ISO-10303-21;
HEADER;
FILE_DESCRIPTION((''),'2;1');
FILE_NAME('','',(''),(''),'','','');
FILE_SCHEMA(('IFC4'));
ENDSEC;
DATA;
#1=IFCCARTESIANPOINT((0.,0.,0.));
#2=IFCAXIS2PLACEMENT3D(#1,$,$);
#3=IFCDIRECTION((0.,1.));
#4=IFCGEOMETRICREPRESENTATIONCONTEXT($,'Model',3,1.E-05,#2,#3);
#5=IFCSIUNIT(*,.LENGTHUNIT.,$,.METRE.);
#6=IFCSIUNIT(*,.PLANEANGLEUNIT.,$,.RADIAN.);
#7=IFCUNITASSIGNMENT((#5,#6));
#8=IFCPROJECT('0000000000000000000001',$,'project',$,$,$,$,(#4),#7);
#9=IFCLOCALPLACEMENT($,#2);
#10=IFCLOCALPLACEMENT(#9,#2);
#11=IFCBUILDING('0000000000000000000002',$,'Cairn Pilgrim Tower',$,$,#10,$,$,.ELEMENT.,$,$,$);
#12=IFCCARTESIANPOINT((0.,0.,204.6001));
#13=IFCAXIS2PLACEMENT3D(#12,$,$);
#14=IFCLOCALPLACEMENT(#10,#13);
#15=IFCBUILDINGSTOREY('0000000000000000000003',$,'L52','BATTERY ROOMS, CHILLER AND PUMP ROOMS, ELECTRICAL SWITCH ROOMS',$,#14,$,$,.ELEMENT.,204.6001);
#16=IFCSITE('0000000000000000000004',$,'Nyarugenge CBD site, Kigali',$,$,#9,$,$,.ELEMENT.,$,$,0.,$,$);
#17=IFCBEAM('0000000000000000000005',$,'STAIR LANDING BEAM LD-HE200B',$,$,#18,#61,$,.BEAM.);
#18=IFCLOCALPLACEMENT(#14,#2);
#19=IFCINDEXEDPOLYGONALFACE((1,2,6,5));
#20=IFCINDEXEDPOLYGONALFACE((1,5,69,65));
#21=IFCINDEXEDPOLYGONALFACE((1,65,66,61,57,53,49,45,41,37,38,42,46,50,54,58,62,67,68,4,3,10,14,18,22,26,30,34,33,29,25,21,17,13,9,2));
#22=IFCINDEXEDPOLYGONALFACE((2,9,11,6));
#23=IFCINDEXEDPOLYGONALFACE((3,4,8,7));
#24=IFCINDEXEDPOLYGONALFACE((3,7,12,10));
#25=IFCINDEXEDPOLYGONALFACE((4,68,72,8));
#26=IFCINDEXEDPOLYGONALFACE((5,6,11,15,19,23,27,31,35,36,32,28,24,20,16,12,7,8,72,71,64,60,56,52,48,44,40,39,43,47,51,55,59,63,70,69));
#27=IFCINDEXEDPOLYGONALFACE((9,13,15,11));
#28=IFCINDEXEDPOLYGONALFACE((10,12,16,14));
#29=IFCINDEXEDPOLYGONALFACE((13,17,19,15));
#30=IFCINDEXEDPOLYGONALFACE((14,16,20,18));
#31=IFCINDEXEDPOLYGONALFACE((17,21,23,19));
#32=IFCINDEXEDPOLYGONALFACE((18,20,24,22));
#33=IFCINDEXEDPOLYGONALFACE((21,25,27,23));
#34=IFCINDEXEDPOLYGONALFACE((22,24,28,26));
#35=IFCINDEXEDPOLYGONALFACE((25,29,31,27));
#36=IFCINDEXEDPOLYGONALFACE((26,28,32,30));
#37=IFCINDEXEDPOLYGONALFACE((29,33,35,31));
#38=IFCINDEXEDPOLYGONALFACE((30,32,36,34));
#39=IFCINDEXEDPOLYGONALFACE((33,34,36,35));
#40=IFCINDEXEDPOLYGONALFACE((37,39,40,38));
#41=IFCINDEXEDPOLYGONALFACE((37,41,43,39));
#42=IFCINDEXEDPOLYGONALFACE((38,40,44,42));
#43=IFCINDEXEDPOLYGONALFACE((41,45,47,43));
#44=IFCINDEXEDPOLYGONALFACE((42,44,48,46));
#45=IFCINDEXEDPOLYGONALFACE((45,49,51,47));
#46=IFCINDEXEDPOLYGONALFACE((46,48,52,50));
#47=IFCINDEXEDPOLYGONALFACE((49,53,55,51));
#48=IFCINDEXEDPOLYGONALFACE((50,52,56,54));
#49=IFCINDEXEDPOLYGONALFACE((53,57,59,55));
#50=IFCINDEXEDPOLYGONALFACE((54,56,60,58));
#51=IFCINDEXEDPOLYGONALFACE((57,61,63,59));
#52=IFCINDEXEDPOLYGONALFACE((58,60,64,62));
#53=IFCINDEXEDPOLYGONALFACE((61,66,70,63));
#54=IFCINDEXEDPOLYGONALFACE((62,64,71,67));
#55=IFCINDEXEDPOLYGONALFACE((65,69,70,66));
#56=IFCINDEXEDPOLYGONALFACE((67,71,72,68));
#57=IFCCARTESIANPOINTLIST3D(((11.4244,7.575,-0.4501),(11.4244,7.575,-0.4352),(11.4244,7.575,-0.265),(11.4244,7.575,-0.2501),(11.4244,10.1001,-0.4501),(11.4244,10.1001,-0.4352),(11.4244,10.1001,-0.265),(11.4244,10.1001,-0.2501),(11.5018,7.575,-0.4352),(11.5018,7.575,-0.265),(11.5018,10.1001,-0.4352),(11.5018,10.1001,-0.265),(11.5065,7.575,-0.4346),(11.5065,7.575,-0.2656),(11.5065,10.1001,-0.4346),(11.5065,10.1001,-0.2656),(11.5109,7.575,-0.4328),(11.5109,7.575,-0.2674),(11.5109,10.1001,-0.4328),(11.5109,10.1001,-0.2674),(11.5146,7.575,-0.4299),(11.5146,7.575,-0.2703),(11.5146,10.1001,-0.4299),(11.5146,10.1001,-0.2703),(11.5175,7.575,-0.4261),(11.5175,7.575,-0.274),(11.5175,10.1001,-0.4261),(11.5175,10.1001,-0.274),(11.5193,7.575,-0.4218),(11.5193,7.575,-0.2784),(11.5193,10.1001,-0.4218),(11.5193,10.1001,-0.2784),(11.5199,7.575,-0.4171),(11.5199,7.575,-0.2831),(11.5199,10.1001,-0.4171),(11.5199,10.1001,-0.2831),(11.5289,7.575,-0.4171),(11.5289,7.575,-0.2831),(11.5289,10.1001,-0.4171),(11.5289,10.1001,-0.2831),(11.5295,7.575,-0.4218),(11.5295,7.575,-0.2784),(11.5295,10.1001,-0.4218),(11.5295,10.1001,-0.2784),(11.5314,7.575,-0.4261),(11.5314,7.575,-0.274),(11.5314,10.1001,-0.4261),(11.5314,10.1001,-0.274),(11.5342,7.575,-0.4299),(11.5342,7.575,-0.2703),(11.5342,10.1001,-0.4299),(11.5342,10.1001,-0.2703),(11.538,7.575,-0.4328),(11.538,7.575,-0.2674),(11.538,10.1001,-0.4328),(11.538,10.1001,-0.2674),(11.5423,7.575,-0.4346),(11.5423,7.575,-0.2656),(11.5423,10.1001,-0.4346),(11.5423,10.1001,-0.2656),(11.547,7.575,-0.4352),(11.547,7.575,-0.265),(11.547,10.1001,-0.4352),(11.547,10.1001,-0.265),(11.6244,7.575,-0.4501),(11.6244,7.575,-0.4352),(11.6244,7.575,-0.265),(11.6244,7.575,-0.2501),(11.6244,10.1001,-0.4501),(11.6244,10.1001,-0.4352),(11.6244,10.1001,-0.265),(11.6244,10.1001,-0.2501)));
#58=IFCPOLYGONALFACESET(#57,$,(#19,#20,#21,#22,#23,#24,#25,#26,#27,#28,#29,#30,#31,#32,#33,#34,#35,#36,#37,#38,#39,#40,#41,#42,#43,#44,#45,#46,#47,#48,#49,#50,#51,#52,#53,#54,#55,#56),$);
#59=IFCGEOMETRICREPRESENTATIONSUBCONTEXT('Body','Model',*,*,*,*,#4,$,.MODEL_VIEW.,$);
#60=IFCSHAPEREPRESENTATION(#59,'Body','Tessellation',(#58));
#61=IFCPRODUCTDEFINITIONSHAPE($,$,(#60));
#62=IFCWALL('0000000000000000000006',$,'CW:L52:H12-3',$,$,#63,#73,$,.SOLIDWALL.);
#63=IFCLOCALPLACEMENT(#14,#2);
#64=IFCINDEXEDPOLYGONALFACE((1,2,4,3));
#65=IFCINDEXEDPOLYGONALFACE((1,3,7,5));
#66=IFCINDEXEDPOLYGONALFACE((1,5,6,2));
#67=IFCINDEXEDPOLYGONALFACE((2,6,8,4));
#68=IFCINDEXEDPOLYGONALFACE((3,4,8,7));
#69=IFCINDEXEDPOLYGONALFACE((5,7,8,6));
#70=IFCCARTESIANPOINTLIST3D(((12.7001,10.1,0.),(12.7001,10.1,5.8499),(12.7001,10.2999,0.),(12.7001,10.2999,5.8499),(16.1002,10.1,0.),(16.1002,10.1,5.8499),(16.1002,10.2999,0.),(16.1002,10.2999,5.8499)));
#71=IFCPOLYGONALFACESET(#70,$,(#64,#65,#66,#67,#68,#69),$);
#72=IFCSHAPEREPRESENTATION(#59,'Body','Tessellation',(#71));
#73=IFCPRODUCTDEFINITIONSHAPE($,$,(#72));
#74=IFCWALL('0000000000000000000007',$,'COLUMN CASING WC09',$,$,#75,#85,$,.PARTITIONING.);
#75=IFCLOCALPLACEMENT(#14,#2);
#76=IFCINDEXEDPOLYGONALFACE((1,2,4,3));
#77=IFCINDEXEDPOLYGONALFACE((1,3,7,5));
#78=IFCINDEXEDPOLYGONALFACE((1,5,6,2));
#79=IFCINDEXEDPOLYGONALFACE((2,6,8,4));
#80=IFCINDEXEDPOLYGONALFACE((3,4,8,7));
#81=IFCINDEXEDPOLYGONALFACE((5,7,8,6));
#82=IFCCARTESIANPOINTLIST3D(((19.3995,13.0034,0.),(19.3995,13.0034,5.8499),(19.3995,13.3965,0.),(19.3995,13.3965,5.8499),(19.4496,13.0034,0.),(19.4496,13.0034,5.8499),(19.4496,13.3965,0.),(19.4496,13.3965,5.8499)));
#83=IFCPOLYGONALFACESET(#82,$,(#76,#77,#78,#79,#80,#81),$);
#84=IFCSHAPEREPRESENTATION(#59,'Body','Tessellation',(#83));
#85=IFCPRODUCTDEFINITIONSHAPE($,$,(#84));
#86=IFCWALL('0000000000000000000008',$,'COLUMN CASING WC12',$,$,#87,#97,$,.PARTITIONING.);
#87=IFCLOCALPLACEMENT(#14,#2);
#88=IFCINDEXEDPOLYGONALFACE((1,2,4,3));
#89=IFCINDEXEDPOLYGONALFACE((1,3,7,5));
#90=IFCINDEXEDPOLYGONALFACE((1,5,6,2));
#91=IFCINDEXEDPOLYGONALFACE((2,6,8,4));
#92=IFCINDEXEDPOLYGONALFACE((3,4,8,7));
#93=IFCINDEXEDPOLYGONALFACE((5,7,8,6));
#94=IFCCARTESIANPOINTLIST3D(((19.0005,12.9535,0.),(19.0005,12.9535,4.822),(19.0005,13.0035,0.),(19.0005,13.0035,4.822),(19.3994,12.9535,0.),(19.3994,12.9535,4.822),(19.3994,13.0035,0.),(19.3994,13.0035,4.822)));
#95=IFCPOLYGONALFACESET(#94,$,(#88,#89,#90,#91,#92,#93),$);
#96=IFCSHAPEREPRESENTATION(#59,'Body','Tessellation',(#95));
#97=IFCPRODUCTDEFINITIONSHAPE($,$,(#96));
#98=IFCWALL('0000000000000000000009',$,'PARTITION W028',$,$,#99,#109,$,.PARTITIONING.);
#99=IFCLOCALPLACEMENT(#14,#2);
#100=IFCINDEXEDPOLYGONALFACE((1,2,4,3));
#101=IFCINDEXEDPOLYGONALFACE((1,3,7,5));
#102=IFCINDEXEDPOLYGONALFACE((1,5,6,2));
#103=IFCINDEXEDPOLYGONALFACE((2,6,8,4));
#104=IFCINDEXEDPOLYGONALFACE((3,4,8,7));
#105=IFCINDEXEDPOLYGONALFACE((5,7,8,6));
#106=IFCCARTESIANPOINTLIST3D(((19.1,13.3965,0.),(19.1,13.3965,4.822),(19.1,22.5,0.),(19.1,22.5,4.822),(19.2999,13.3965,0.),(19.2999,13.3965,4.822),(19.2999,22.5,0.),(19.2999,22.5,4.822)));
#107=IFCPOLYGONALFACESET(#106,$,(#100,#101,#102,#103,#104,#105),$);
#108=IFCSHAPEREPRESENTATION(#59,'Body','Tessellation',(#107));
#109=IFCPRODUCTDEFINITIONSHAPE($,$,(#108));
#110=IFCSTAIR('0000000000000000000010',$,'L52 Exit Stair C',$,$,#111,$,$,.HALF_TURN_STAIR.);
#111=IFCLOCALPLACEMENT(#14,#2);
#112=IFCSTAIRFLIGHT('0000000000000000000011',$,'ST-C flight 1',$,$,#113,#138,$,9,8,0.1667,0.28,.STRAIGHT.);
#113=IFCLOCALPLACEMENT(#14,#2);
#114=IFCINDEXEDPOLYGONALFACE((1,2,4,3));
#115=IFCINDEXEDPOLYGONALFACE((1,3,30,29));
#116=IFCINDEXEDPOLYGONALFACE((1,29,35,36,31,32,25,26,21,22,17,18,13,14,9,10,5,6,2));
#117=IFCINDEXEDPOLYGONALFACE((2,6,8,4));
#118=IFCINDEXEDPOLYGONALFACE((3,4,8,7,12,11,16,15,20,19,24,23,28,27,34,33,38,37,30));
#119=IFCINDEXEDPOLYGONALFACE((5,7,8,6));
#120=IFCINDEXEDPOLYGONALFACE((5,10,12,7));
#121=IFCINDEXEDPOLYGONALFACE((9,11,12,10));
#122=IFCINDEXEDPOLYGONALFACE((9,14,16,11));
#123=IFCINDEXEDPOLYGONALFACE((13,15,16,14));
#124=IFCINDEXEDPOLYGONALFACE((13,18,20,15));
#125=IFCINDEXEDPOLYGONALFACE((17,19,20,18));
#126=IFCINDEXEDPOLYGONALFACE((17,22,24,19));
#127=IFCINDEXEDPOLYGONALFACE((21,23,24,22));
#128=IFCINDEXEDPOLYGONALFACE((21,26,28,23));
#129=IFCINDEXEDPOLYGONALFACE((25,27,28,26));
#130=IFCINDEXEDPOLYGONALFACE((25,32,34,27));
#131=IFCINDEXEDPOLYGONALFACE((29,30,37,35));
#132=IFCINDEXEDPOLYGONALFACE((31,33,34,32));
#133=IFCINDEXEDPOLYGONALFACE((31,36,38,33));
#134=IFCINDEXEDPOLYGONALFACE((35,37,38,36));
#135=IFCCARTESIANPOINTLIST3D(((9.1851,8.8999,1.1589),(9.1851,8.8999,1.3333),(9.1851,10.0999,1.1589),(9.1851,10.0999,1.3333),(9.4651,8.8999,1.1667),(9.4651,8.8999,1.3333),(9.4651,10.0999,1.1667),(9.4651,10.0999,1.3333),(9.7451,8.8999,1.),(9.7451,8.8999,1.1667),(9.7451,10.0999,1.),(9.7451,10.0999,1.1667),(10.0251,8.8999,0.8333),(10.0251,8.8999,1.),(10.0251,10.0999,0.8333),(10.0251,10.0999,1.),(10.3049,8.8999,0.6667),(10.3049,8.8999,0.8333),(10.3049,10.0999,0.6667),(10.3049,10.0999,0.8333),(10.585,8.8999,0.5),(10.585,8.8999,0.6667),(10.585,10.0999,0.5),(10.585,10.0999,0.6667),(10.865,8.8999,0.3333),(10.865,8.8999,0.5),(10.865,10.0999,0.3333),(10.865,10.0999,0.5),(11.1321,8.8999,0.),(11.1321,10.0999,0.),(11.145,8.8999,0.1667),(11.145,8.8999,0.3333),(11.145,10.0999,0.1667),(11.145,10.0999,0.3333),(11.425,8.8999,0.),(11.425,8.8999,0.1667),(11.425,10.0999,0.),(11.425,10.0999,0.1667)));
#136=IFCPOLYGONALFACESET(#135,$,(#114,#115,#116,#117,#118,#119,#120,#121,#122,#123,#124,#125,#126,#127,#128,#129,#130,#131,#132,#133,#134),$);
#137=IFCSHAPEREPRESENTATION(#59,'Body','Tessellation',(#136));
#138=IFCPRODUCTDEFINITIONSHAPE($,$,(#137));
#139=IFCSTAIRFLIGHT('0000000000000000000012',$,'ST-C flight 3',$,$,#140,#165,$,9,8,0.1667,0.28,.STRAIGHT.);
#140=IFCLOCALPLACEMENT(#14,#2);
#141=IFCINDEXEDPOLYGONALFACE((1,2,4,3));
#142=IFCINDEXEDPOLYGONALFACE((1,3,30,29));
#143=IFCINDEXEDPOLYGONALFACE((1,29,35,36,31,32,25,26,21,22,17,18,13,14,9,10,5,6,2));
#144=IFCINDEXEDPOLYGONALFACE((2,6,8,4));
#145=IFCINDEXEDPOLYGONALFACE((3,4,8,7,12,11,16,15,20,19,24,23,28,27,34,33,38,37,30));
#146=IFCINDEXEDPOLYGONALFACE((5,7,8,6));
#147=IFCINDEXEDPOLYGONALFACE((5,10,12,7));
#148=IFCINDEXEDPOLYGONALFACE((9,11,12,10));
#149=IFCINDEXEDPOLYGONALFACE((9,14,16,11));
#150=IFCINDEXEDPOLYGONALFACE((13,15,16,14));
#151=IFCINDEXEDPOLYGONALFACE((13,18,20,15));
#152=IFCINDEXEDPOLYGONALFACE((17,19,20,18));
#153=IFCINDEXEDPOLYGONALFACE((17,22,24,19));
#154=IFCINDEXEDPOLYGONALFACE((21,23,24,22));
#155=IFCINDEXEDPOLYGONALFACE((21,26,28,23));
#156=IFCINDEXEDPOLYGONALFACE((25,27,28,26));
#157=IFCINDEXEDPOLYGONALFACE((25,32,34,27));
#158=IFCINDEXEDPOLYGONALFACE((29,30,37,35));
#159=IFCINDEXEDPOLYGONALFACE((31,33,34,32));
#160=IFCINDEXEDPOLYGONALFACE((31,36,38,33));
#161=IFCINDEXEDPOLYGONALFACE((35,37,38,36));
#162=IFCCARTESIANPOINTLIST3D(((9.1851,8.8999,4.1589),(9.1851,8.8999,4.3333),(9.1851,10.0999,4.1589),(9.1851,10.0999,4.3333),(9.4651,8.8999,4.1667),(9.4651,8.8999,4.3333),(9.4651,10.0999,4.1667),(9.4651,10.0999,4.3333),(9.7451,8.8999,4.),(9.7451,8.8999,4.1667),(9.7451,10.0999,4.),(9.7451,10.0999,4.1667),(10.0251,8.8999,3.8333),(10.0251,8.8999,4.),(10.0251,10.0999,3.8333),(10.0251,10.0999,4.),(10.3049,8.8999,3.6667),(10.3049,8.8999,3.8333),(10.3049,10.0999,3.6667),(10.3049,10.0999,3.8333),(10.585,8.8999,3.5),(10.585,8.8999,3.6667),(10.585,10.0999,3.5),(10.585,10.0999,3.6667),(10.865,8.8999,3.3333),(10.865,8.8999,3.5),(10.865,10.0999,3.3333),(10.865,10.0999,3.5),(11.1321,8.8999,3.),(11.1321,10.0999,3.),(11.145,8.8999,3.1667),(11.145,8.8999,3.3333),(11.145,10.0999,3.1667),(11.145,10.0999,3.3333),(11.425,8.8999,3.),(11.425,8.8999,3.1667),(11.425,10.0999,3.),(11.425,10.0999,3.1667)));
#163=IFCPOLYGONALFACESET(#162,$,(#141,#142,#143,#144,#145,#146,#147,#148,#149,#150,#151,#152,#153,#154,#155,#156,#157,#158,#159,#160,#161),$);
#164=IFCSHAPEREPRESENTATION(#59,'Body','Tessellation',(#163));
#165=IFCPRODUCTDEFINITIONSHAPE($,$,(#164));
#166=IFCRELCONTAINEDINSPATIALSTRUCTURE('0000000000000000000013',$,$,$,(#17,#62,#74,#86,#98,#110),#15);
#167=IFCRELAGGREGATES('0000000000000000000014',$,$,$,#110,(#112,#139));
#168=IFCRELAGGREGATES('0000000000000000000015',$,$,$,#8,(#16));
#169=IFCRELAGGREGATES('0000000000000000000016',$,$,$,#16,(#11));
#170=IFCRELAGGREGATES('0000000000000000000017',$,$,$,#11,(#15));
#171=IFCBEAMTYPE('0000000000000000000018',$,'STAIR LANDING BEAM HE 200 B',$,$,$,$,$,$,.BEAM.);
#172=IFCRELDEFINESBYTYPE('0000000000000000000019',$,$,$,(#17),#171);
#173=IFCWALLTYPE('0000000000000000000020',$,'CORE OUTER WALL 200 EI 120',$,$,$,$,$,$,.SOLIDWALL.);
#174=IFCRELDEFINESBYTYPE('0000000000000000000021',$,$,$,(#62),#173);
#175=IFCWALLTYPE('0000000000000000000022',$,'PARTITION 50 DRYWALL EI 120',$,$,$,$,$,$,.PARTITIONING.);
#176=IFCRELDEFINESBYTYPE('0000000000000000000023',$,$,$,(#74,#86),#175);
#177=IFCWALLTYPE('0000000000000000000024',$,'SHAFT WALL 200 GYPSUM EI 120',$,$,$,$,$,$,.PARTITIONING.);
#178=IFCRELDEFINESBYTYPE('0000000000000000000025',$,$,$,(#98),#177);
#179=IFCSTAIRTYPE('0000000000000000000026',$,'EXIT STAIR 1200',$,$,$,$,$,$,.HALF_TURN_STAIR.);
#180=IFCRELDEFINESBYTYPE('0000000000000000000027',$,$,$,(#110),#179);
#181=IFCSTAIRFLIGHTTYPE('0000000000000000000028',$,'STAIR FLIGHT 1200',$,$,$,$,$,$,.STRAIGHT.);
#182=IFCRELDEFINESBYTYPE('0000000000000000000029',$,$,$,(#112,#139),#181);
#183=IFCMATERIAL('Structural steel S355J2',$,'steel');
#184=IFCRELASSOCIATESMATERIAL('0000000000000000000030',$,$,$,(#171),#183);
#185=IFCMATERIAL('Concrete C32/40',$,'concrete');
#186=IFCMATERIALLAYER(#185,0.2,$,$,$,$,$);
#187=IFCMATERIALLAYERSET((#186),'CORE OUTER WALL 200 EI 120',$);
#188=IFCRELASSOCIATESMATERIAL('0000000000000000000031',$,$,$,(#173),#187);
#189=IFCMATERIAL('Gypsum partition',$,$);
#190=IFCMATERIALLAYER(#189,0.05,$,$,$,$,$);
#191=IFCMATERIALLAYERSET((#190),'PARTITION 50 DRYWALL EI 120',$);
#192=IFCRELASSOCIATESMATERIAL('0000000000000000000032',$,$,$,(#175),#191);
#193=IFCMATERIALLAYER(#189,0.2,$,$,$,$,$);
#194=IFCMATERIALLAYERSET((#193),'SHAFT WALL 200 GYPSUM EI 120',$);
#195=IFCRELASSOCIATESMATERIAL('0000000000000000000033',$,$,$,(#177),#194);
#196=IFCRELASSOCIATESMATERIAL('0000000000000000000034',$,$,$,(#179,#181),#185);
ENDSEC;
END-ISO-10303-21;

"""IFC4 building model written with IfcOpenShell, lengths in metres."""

from ifc_helpers import new_model, si_unit, direction, frame, frame_2d, origin, origin_2d, place, context, subcontext, project, spatial, polyline, rectangle, i_section, outline, extrude, material, layer, layer_set, material_profile, profile_set, type_object, element, aggregate, save


model = new_model("IFC4")

# Units and contexts
model_context = context("Model", 3, precision=1e-05, world=origin(), true_north=direction((0.0, 1.0)))
body_context = subcontext(model_context, "Body", "Model", "MODEL_VIEW")
ifc_project = project(units=[si_unit("LENGTHUNIT", "METRE"), si_unit("PLANEANGLEUNIT", "RADIAN")], contexts=[model_context])

# Site, building, storey
site_placement = place(None, origin())
site = spatial("IfcSite", under=ifc_project, at=site_placement, Name="Nyarugenge CBD site, Kigali", CompositionType="ELEMENT", RefElevation=0.0)
building_placement = place(site_placement, origin())
building = spatial("IfcBuilding", under=site, at=building_placement, Name="Cairn Pilgrim Tower", CompositionType="ELEMENT")
storey_placement = place(building_placement, frame((0.0, 0.0, 204.6001)))
storey = spatial("IfcBuildingStorey", under=building, at=storey_placement, Name="L52", Description="BATTERY ROOMS, CHILLER AND PUMP ROOMS, ELECTRICAL SWITCH ROOMS", CompositionType="ELEMENT", Elevation=204.6001)

# Shared definitions
ifc_material_1 = material(Name="Structural steel S355J2", Category="steel")

# Beam
ifc_material_profile_1 = material_profile(ifc_material_1, i_section(OverallWidth=0.2, OverallDepth=0.2, WebThickness=0.009, FlangeThickness=0.0149, FilletRadius=0.0181, at=origin_2d()), Name="HE 200 B")
ifc_profile_set_1 = profile_set([ifc_material_profile_1], Name="Structural steel S355J2")
beam_type_1 = type_object("IfcBeamType", Name="STAIR LANDING BEAM HE 200 B", PredefinedType="BEAM", material=ifc_profile_set_1)
beam_1_placement = place(storey_placement, frame((11.5244, 10.1001, -0.3501), z_axis=(0.0, -1.0, 0.0), x_axis=(1.0, 0.0, 0.0)))
element("IfcBeam", 1, at=beam_1_placement, inside=storey, type_object=beam_type_1, Name="STAIR LANDING BEAM LD-HE200B", PredefinedType="BEAM", context=body_context, shape_type="SweptSolid", body=[
    extrude(i_section(OverallWidth=0.2, OverallDepth=0.2, WebThickness=0.009, FlangeThickness=0.0149, FilletRadius=0.0181, at=origin_2d()), origin(), (0.0, 0.0, 1.0), 2.5251),
])

# Walls
ifc_material_2 = material(Name="Concrete C32/40", Category="concrete")
ifc_layer_1 = layer(ifc_material_2, 0.2)
ifc_layer_set_1 = layer_set([ifc_layer_1], Name="CORE OUTER WALL 200 EI 120")
wall_type_1 = type_object("IfcWallType", Name="CORE OUTER WALL 200 EI 120", PredefinedType="SOLIDWALL", material=ifc_layer_set_1)
wall_1_placement = place(storey_placement, frame((12.7, 10.2, 0.0), z_axis=(0.0, 0.0, 1.0), x_axis=(1.0, 0.0, 0.0)))
element("IfcWall", 2, at=wall_1_placement, inside=storey, type_object=wall_type_1, Name="CW:L52:H12-3", PredefinedType="SOLIDWALL", context=body_context, shape_type="SweptSolid", body=[
    extrude(rectangle(XDim=3.4001, YDim=0.2, at=frame_2d((1.7002, 0.0))), origin(), (0.0, 0.0, 1.0), 5.8499),
])
ifc_material_3 = material(Name="Gypsum partition")
ifc_layer_2 = layer(ifc_material_3, 0.05)
ifc_layer_set_2 = layer_set([ifc_layer_2], Name="PARTITION 50 DRYWALL EI 120")
wall_type_2 = type_object("IfcWallType", Name="PARTITION 50 DRYWALL EI 120", PredefinedType="PARTITIONING", material=ifc_layer_set_2)
wall_2_placement = place(storey_placement, frame((19.4246, 13.0034, 0.0), z_axis=(0.0, 0.0, 1.0), x_axis=(0.0, 1.0, 0.0)))
element("IfcWall", 3, at=wall_2_placement, inside=storey, type_object=wall_type_2, Name="COLUMN CASING WC09", PredefinedType="PARTITIONING", context=body_context, shape_type="SweptSolid", body=[
    extrude(rectangle(XDim=0.3931, YDim=0.05, at=frame_2d((0.1965, 0.0))), origin(), (0.0, 0.0, 1.0), 5.8499),
])
wall_3_placement = place(storey_placement, frame((19.0005, 12.9785, 0.0), z_axis=(0.0, 0.0, 1.0), x_axis=(1.0, 0.0, 0.0)))
element("IfcWall", 4, at=wall_3_placement, inside=storey, type_object=wall_type_2, Name="COLUMN CASING WC12", PredefinedType="PARTITIONING", context=body_context, shape_type="SweptSolid", body=[
    extrude(rectangle(XDim=0.3989, YDim=0.05, at=frame_2d((0.1995, 0.0))), origin(), (0.0, 0.0, 1.0), 4.822),
])
ifc_layer_3 = layer(ifc_material_3, 0.2)
ifc_layer_set_3 = layer_set([ifc_layer_3], Name="SHAFT WALL 200 GYPSUM EI 120")
wall_type_3 = type_object("IfcWallType", Name="SHAFT WALL 200 GYPSUM EI 120", PredefinedType="PARTITIONING", material=ifc_layer_set_3)
wall_4_placement = place(storey_placement, frame((19.2, 13.3965, 0.0), z_axis=(0.0, 0.0, 1.0), x_axis=(0.0, 1.0, 0.0)))
element("IfcWall", 5, at=wall_4_placement, inside=storey, type_object=wall_type_3, Name="PARTITION W028", PredefinedType="PARTITIONING", context=body_context, shape_type="SweptSolid", body=[
    extrude(rectangle(XDim=9.1035, YDim=0.2, at=frame_2d((4.5518, 0.0))), origin(), (0.0, 0.0, 1.0), 4.822),
])

# Stair, stair flights
stair_type = type_object("IfcStairType", Name="EXIT STAIR 1200", PredefinedType="HALF_TURN_STAIR", material=ifc_material_2)
stair_placement = place(storey_placement, origin())
stair = element("IfcStair", 6, at=stair_placement, inside=storey, type_object=stair_type, Name="L52 Exit Stair C", PredefinedType="HALF_TURN_STAIR")
stair_flight_type = type_object("IfcStairFlightType", Name="STAIR FLIGHT 1200", PredefinedType="STRAIGHT", material=ifc_material_2)
stair_flight_1_placement = place(storey_placement, frame((11.425, 9.5, 0.0), z_axis=(0.0, 0.0, 1.0), x_axis=(-1.0, 0.0, 0.0)))
stair_flight_1 = element("IfcStairFlight", 7, at=stair_flight_1_placement, type_object=stair_flight_type, Name="ST-C flight 1", NumberOfRisers=9, NumberOfTreads=8, PredefinedType="STRAIGHT", RiserHeight=0.1667, TreadLength=0.28, context=body_context, shape_type="SweptSolid", body=[
    extrude(outline(polyline([(0.0, 0.0), (0.0, 0.1667), (0.28, 0.1667), (0.28, 0.3333), (0.5601, 0.3333), (0.5601, 0.5), (0.8401, 0.5), (0.8401, 0.6667), (1.1201, 0.6667), (1.1201, 0.8333), (1.3999, 0.8333), (1.3999, 1.0), (1.6799, 1.0), (1.6799, 1.1667), (1.96, 1.1667), (1.96, 1.3333), (2.24, 1.3333), (2.24, 1.5), (2.24, 1.1589), (0.293, 0.0), (0.0, 0.0)])), frame((0.0, 0.6001, 0.0), z_axis=(0.0, -1.0, 0.0), x_axis=(1.0, 0.0, 0.0)), (0.0, 0.0, 1.0), 1.2),
])
stair_flight_2_placement = place(storey_placement, frame((11.425, 9.5, 3.0), z_axis=(0.0, 0.0, 1.0), x_axis=(-1.0, 0.0, 0.0)))
stair_flight_2 = element("IfcStairFlight", 8, at=stair_flight_2_placement, type_object=stair_flight_type, Name="ST-C flight 3", NumberOfRisers=9, NumberOfTreads=8, PredefinedType="STRAIGHT", RiserHeight=0.1667, TreadLength=0.28, context=body_context, shape_type="SweptSolid", body=[
    extrude(outline(polyline([(0.0, 0.0), (0.0, 0.1667), (0.28, 0.1667), (0.28, 0.3333), (0.5601, 0.3333), (0.5601, 0.5), (0.8401, 0.5), (0.8401, 0.6667), (1.1201, 0.6667), (1.1201, 0.8333), (1.3999, 0.8333), (1.3999, 1.0), (1.6799, 1.0), (1.6799, 1.1667), (1.96, 1.1667), (1.96, 1.3333), (2.24, 1.3333), (2.24, 1.5), (2.24, 1.1589), (0.293, 0.0), (0.0, 0.0)])), frame((0.0, 0.6001, 0.0), z_axis=(0.0, -1.0, 0.0), x_axis=(1.0, 0.0, 0.0)), (0.0, 0.0, 1.0), 1.2),
])
aggregate(stair, [stair_flight_1, stair_flight_2])

save(model, "model.ifc")
